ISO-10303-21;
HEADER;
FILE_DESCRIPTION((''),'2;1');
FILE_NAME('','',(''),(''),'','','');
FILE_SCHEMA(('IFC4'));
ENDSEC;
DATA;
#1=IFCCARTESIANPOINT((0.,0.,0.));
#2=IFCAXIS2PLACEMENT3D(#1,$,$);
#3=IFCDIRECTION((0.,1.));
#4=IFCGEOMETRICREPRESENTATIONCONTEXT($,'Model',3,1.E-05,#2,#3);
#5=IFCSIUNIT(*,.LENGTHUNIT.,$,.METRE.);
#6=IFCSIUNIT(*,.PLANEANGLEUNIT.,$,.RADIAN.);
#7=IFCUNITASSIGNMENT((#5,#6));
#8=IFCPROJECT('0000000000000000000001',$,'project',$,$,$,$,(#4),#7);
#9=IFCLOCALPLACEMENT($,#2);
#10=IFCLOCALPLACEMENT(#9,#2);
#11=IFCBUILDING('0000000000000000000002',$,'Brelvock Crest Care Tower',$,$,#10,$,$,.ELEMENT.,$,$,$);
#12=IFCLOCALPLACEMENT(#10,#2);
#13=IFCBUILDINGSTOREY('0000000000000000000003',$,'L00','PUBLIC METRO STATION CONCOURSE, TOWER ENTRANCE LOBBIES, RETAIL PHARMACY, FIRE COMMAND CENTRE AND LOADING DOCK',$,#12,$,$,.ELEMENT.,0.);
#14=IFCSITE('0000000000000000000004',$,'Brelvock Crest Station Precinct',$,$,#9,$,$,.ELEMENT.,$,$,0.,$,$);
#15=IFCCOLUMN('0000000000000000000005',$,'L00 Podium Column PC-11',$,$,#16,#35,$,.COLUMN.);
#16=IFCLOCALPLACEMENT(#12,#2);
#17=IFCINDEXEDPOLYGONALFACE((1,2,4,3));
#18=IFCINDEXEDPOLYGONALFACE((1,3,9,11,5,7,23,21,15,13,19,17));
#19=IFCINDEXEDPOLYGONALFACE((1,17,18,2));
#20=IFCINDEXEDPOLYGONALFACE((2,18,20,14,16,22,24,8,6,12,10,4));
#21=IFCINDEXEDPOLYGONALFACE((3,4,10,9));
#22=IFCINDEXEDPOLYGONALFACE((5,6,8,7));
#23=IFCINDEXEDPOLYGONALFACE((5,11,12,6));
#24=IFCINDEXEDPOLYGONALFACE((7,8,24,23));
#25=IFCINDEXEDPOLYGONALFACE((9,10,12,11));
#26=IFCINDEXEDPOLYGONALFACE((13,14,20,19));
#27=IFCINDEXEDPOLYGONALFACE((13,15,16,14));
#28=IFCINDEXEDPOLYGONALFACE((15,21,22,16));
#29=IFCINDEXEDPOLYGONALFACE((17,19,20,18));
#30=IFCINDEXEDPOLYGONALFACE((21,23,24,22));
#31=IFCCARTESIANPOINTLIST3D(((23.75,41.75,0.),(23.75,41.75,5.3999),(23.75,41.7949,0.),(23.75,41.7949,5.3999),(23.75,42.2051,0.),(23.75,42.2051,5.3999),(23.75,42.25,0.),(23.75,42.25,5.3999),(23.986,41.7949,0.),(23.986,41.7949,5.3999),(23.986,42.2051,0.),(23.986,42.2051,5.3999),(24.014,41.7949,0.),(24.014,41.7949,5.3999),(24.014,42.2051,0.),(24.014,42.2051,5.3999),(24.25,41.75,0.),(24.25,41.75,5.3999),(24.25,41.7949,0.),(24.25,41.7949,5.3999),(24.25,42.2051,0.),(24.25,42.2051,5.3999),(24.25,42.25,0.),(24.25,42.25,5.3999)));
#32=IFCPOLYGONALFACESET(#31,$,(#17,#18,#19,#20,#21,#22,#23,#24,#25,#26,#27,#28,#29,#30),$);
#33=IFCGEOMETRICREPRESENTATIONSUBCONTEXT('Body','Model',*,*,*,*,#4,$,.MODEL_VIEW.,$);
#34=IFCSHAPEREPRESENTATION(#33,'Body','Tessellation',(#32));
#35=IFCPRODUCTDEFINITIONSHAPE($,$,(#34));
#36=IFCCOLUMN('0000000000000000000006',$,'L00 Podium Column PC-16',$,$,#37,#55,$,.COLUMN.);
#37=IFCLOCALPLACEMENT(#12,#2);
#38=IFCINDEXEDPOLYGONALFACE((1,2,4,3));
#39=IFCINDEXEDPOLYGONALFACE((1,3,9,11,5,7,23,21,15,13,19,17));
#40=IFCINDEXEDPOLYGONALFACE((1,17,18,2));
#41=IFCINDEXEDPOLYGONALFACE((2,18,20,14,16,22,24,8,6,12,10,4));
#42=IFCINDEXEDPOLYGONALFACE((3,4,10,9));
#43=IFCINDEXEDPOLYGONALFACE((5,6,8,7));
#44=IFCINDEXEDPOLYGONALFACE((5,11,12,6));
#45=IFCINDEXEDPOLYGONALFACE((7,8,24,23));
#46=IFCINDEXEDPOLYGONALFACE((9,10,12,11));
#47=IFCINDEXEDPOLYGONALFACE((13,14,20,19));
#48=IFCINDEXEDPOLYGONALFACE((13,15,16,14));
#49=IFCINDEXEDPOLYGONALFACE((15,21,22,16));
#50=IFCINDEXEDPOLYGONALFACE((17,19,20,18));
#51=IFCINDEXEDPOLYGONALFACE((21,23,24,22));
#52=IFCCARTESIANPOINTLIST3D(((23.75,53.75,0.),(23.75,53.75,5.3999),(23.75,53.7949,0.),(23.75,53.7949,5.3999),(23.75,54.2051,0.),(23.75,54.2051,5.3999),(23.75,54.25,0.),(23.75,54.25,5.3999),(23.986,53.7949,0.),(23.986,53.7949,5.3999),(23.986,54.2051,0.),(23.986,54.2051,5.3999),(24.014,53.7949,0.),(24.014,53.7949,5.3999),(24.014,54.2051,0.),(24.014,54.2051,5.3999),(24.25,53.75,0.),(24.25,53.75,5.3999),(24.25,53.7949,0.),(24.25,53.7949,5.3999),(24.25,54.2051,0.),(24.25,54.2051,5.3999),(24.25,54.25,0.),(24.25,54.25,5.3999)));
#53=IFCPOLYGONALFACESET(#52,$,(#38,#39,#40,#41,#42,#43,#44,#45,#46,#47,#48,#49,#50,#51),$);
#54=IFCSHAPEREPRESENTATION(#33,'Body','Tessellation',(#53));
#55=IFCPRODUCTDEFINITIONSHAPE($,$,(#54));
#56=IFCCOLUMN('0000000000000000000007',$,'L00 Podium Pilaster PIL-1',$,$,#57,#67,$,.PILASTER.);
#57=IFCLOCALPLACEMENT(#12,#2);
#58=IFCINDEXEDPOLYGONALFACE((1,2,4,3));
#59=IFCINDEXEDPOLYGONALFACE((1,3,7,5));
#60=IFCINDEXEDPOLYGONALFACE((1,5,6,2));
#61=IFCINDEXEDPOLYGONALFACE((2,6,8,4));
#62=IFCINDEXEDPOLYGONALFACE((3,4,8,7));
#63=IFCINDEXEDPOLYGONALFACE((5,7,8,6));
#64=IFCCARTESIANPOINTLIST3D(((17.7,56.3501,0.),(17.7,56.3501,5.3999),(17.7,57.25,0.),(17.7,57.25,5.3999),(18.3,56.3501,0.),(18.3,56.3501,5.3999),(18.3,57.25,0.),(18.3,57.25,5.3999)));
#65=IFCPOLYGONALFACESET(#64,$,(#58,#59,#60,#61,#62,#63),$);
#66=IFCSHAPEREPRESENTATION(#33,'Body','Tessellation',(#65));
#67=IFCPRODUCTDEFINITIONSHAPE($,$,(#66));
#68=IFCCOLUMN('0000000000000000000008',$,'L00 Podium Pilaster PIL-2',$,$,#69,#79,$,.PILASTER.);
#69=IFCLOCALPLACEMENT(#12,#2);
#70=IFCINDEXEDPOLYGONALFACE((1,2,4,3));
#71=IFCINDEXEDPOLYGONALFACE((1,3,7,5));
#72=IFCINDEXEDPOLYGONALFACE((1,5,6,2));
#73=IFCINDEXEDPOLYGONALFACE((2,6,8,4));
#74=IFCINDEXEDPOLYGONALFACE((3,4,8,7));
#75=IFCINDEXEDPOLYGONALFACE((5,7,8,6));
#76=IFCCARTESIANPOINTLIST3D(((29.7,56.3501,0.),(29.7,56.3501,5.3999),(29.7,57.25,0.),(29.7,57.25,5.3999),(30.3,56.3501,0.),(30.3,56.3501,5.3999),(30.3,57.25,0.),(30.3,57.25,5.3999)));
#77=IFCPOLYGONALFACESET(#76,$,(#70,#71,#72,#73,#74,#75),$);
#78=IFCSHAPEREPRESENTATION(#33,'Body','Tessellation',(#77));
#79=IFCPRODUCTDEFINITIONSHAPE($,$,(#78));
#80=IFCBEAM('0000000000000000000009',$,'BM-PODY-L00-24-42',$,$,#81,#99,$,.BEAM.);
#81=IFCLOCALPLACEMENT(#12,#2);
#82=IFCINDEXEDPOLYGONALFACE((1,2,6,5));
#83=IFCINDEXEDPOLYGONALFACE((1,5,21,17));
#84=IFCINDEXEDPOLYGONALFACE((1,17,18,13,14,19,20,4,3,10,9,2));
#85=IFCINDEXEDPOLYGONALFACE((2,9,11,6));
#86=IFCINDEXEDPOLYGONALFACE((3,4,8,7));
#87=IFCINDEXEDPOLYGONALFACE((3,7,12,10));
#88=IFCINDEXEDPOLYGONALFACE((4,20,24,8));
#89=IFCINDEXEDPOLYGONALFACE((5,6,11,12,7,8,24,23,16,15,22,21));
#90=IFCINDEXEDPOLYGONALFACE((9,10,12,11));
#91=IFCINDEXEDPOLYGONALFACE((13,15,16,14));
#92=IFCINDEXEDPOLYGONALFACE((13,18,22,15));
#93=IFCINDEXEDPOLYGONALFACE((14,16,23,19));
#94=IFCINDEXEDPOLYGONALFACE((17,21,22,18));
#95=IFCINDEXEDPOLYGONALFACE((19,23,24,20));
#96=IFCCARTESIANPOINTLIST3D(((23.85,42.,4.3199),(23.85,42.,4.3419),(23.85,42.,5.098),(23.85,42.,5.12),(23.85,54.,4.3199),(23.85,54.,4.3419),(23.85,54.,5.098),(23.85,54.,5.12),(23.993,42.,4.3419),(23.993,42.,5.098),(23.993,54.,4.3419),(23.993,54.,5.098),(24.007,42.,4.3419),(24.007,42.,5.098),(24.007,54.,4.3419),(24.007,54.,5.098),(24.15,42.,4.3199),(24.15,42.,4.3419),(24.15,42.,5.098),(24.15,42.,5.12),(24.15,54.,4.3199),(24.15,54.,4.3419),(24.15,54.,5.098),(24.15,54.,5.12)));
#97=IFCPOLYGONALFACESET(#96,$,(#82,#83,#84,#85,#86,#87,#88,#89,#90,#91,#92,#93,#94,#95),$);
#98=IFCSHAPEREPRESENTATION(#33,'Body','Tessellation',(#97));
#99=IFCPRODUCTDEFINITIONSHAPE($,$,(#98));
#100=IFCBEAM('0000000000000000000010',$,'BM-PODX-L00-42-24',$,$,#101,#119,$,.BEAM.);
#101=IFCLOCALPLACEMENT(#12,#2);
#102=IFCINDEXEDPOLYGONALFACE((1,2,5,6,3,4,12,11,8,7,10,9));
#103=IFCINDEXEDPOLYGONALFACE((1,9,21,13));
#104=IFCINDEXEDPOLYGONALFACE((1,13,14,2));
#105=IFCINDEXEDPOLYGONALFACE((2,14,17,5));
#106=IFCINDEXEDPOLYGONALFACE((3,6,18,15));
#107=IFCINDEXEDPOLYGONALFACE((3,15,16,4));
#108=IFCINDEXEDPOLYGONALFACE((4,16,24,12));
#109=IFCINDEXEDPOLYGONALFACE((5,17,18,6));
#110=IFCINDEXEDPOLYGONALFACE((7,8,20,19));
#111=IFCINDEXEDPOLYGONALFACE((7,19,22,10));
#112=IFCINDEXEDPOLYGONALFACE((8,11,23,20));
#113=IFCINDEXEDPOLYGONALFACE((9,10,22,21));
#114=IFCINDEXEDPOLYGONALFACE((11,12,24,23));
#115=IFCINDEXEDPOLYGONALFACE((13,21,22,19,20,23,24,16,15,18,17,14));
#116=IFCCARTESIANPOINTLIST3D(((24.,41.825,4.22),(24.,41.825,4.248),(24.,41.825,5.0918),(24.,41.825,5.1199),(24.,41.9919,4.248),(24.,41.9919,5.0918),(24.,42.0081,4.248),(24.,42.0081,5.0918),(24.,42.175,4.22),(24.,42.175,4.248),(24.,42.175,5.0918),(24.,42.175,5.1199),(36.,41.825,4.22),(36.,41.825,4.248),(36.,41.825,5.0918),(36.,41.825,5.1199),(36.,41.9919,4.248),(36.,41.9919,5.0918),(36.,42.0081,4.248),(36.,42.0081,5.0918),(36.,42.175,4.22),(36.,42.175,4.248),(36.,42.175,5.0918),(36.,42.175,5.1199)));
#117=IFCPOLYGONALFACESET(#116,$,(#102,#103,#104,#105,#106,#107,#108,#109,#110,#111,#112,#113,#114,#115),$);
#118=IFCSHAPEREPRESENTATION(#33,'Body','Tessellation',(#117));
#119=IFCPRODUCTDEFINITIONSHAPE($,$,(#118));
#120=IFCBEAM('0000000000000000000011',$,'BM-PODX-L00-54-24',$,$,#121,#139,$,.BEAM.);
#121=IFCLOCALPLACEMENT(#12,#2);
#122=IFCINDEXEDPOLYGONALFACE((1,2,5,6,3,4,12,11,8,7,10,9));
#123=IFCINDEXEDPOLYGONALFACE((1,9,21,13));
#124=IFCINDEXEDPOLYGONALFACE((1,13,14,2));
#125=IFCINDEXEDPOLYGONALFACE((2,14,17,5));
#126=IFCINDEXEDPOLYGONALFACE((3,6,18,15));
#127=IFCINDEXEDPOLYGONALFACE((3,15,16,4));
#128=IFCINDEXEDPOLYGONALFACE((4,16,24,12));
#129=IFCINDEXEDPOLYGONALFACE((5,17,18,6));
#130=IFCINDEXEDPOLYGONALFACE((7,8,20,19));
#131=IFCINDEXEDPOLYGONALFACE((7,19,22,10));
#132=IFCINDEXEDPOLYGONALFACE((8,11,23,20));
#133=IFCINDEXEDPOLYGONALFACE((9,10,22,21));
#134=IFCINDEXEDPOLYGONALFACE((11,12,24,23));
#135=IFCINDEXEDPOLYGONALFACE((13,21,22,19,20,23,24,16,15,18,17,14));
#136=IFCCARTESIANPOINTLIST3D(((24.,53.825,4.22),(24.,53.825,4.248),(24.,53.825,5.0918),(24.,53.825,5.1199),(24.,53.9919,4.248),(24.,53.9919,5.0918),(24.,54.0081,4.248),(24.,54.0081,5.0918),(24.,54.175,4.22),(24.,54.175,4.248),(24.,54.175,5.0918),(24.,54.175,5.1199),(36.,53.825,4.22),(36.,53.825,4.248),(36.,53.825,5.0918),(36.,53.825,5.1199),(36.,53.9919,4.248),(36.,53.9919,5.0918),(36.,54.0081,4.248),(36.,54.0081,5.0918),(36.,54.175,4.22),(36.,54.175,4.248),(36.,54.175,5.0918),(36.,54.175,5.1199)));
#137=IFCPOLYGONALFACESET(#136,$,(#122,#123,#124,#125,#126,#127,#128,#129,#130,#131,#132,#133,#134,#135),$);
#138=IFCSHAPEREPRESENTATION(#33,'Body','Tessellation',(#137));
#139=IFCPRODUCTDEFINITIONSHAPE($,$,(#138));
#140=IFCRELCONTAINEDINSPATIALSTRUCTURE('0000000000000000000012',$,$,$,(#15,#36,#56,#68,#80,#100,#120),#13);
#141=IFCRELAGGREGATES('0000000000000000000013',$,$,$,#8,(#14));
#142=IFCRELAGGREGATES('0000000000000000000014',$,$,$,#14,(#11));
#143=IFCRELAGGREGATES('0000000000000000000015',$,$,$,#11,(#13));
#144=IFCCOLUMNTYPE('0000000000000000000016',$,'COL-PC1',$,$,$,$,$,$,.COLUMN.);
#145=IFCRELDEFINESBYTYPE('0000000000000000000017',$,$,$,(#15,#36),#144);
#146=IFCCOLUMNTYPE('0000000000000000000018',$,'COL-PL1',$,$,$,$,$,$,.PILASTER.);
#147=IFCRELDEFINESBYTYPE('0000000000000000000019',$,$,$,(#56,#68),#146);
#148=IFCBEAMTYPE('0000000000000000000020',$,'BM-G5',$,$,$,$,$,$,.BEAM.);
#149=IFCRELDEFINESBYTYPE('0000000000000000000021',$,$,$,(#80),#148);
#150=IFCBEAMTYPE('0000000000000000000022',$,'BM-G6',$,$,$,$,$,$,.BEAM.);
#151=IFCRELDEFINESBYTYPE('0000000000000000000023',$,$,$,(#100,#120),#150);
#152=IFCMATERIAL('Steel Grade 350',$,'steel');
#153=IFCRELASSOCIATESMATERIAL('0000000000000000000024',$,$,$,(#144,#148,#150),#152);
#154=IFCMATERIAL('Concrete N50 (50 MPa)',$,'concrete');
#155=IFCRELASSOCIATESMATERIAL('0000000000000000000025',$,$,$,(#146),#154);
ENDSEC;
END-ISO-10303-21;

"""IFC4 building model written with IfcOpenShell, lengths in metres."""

from ifc_helpers import new_model, si_unit, direction, frame, origin, origin_2d, place, context, subcontext, project, spatial, rectangle, i_section, extrude, source, transform, mapped, material, material_profile, profile_set, type_object, element, save


model = new_model("IFC4")

# Units and contexts
model_context = context("Model", 3, precision=1e-05, world=origin(), true_north=direction((0.0, 1.0)))
body_context = subcontext(model_context, "Body", "Model", "MODEL_VIEW")
ifc_project = project(units=[si_unit("LENGTHUNIT", "METRE"), si_unit("PLANEANGLEUNIT", "RADIAN")], contexts=[model_context])

# Site, building, storey
site_placement = place(None, origin())
site = spatial("IfcSite", under=ifc_project, at=site_placement, Name="Brelvock Crest Station Precinct", CompositionType="ELEMENT", RefElevation=0.0)
building_placement = place(site_placement, origin())
building = spatial("IfcBuilding", under=site, at=building_placement, Name="Brelvock Crest Care Tower", CompositionType="ELEMENT")
storey_placement = place(building_placement, origin())
storey = spatial("IfcBuildingStorey", under=building, at=storey_placement, Name="L00", Description="PUBLIC METRO STATION CONCOURSE, TOWER ENTRANCE LOBBIES, RETAIL PHARMACY, FIRE COMMAND CENTRE AND LOADING DOCK", CompositionType="ELEMENT", Elevation=0.0)

# Columns
ifc_material_1 = material(Name="Steel Grade 350", Category="steel")
ifc_material_profile_1 = material_profile(ifc_material_1, i_section(OverallWidth=0.5, OverallDepth=0.5, WebThickness=0.0281, FlangeThickness=0.0449, at=origin_2d()), Name="500WC440")
ifc_profile_set_1 = profile_set([ifc_material_profile_1], Name="Steel Grade 350")
column_type_1 = type_object("IfcColumnType", Name="COL-PC1", PredefinedType="COLUMN", material=ifc_profile_set_1)
shared_shape_1 = source(origin(), body_context, "Body", "SweptSolid", [
    extrude(i_section(OverallWidth=0.5, OverallDepth=0.5, WebThickness=0.0281, FlangeThickness=0.0449, at=origin_2d()), origin(), (0.0, 0.0, 1.0), 5.3999),
])
for number, where, z_axis, x_axis, name in (
    (1, (24.0, 42.0, 0.0), (0.0, 0.0, 1.0), (1.0, 0.0, 0.0), "L00 Podium Column PC-11"),
    (2, (24.0, 54.0, 0.0), (0.0, 0.0, 1.0), (1.0, 0.0, 0.0), "L00 Podium Column PC-16"),
):
    element("IfcColumn", number, at=place(storey_placement, frame(where, z_axis=z_axis, x_axis=x_axis)), inside=storey, type_object=column_type_1, Name=name, PredefinedType="COLUMN", context=body_context, shape_type="MappedRepresentation", body=[
        mapped(shared_shape_1, transform((0.0, 0.0, 0.0), x_axis=(1.0, 0.0, 0.0), y_axis=(0.0, 1.0, 0.0), z_axis=(0.0, 0.0, 1.0), scale=1.0)),
    ])
ifc_material_2 = material(Name="Concrete N50 (50 MPa)", Category="concrete")
ifc_material_profile_2 = material_profile(ifc_material_2, rectangle(XDim=0.6001, YDim=0.8999, at=origin_2d()), Name="RC600x900")
ifc_profile_set_2 = profile_set([ifc_material_profile_2], Name="Concrete N50 (50 MPa)")
column_type_2 = type_object("IfcColumnType", Name="COL-PL1", PredefinedType="PILASTER", material=ifc_profile_set_2)
shared_shape_2 = source(origin(), body_context, "Body", "SweptSolid", [
    extrude(rectangle(XDim=0.6001, YDim=0.8999, at=origin_2d()), origin(), (0.0, 0.0, 1.0), 5.3999),
])
for number, where, z_axis, x_axis, name in (
    (3, (18.0, 56.8, 0.0), (0.0, 0.0, 1.0), (1.0, 0.0, 0.0), "L00 Podium Pilaster PIL-1"),
    (4, (30.0, 56.8, 0.0), (0.0, 0.0, 1.0), (1.0, 0.0, 0.0), "L00 Podium Pilaster PIL-2"),
):
    element("IfcColumn", number, at=place(storey_placement, frame(where, z_axis=z_axis, x_axis=x_axis)), inside=storey, type_object=column_type_2, Name=name, PredefinedType="PILASTER", context=body_context, shape_type="MappedRepresentation", body=[
        mapped(shared_shape_2, transform((0.0, 0.0, 0.0), x_axis=(1.0, 0.0, 0.0), y_axis=(0.0, 1.0, 0.0), z_axis=(0.0, 0.0, 1.0), scale=1.0)),
    ])

# Beams
ifc_material_profile_3 = material_profile(ifc_material_1, i_section(OverallWidth=0.3, OverallDepth=0.8, WebThickness=0.0139, FlangeThickness=0.022, at=origin_2d()), Name="800WB192")
ifc_profile_set_3 = profile_set([ifc_material_profile_3], Name="Steel Grade 350")
beam_type_1 = type_object("IfcBeamType", Name="BM-G5", PredefinedType="BEAM", material=ifc_profile_set_3)
shared_shape_3 = source(origin(), body_context, "Body", "SweptSolid", [
    extrude(i_section(OverallWidth=0.3, OverallDepth=0.8, WebThickness=0.0139, FlangeThickness=0.022, at=origin_2d()), origin(), (0.0, 0.0, 1.0), 12.0),
])
beam_placement = place(storey_placement, frame((24.0, 42.0, 4.72), z_axis=(0.0, 1.0, 0.0), x_axis=(-1.0, 0.0, 0.0)))
element("IfcBeam", 5, at=beam_placement, inside=storey, type_object=beam_type_1, Name="BM-PODY-L00-24-42", PredefinedType="BEAM", context=body_context, shape_type="MappedRepresentation", body=[
    mapped(shared_shape_3, transform((0.0, 0.0, 0.0), x_axis=(1.0, 0.0, 0.0), y_axis=(0.0, 1.0, 0.0), z_axis=(0.0, 0.0, 1.0), scale=1.0)),
])
ifc_material_profile_4 = material_profile(ifc_material_1, i_section(OverallWidth=0.3501, OverallDepth=0.8999, WebThickness=0.0161, FlangeThickness=0.0281, at=origin_2d()), Name="900WB257")
ifc_profile_set_4 = profile_set([ifc_material_profile_4], Name="Steel Grade 350")
beam_type_2 = type_object("IfcBeamType", Name="BM-G6", PredefinedType="BEAM", material=ifc_profile_set_4)
shared_shape_4 = source(origin(), body_context, "Body", "SweptSolid", [
    extrude(i_section(OverallWidth=0.3501, OverallDepth=0.8999, WebThickness=0.0161, FlangeThickness=0.0281, at=origin_2d()), origin(), (0.0, 0.0, 1.0), 12.0),
])
for number, where, z_axis, x_axis, name in (
    (6, (24.0, 42.0, 4.6699), (1.0, 0.0, 0.0), (0.0, 1.0, 0.0), "BM-PODX-L00-42-24"),
    (7, (24.0, 54.0, 4.6699), (1.0, 0.0, 0.0), (0.0, 1.0, 0.0), "BM-PODX-L00-54-24"),
):
    element("IfcBeam", number, at=place(storey_placement, frame(where, z_axis=z_axis, x_axis=x_axis)), inside=storey, type_object=beam_type_2, Name=name, PredefinedType="BEAM", context=body_context, shape_type="MappedRepresentation", body=[
        mapped(shared_shape_4, transform((0.0, 0.0, 0.0), x_axis=(1.0, 0.0, 0.0), y_axis=(0.0, 1.0, 0.0), z_axis=(0.0, 0.0, 1.0), scale=1.0)),
    ])

save(model, "model.ifc")
